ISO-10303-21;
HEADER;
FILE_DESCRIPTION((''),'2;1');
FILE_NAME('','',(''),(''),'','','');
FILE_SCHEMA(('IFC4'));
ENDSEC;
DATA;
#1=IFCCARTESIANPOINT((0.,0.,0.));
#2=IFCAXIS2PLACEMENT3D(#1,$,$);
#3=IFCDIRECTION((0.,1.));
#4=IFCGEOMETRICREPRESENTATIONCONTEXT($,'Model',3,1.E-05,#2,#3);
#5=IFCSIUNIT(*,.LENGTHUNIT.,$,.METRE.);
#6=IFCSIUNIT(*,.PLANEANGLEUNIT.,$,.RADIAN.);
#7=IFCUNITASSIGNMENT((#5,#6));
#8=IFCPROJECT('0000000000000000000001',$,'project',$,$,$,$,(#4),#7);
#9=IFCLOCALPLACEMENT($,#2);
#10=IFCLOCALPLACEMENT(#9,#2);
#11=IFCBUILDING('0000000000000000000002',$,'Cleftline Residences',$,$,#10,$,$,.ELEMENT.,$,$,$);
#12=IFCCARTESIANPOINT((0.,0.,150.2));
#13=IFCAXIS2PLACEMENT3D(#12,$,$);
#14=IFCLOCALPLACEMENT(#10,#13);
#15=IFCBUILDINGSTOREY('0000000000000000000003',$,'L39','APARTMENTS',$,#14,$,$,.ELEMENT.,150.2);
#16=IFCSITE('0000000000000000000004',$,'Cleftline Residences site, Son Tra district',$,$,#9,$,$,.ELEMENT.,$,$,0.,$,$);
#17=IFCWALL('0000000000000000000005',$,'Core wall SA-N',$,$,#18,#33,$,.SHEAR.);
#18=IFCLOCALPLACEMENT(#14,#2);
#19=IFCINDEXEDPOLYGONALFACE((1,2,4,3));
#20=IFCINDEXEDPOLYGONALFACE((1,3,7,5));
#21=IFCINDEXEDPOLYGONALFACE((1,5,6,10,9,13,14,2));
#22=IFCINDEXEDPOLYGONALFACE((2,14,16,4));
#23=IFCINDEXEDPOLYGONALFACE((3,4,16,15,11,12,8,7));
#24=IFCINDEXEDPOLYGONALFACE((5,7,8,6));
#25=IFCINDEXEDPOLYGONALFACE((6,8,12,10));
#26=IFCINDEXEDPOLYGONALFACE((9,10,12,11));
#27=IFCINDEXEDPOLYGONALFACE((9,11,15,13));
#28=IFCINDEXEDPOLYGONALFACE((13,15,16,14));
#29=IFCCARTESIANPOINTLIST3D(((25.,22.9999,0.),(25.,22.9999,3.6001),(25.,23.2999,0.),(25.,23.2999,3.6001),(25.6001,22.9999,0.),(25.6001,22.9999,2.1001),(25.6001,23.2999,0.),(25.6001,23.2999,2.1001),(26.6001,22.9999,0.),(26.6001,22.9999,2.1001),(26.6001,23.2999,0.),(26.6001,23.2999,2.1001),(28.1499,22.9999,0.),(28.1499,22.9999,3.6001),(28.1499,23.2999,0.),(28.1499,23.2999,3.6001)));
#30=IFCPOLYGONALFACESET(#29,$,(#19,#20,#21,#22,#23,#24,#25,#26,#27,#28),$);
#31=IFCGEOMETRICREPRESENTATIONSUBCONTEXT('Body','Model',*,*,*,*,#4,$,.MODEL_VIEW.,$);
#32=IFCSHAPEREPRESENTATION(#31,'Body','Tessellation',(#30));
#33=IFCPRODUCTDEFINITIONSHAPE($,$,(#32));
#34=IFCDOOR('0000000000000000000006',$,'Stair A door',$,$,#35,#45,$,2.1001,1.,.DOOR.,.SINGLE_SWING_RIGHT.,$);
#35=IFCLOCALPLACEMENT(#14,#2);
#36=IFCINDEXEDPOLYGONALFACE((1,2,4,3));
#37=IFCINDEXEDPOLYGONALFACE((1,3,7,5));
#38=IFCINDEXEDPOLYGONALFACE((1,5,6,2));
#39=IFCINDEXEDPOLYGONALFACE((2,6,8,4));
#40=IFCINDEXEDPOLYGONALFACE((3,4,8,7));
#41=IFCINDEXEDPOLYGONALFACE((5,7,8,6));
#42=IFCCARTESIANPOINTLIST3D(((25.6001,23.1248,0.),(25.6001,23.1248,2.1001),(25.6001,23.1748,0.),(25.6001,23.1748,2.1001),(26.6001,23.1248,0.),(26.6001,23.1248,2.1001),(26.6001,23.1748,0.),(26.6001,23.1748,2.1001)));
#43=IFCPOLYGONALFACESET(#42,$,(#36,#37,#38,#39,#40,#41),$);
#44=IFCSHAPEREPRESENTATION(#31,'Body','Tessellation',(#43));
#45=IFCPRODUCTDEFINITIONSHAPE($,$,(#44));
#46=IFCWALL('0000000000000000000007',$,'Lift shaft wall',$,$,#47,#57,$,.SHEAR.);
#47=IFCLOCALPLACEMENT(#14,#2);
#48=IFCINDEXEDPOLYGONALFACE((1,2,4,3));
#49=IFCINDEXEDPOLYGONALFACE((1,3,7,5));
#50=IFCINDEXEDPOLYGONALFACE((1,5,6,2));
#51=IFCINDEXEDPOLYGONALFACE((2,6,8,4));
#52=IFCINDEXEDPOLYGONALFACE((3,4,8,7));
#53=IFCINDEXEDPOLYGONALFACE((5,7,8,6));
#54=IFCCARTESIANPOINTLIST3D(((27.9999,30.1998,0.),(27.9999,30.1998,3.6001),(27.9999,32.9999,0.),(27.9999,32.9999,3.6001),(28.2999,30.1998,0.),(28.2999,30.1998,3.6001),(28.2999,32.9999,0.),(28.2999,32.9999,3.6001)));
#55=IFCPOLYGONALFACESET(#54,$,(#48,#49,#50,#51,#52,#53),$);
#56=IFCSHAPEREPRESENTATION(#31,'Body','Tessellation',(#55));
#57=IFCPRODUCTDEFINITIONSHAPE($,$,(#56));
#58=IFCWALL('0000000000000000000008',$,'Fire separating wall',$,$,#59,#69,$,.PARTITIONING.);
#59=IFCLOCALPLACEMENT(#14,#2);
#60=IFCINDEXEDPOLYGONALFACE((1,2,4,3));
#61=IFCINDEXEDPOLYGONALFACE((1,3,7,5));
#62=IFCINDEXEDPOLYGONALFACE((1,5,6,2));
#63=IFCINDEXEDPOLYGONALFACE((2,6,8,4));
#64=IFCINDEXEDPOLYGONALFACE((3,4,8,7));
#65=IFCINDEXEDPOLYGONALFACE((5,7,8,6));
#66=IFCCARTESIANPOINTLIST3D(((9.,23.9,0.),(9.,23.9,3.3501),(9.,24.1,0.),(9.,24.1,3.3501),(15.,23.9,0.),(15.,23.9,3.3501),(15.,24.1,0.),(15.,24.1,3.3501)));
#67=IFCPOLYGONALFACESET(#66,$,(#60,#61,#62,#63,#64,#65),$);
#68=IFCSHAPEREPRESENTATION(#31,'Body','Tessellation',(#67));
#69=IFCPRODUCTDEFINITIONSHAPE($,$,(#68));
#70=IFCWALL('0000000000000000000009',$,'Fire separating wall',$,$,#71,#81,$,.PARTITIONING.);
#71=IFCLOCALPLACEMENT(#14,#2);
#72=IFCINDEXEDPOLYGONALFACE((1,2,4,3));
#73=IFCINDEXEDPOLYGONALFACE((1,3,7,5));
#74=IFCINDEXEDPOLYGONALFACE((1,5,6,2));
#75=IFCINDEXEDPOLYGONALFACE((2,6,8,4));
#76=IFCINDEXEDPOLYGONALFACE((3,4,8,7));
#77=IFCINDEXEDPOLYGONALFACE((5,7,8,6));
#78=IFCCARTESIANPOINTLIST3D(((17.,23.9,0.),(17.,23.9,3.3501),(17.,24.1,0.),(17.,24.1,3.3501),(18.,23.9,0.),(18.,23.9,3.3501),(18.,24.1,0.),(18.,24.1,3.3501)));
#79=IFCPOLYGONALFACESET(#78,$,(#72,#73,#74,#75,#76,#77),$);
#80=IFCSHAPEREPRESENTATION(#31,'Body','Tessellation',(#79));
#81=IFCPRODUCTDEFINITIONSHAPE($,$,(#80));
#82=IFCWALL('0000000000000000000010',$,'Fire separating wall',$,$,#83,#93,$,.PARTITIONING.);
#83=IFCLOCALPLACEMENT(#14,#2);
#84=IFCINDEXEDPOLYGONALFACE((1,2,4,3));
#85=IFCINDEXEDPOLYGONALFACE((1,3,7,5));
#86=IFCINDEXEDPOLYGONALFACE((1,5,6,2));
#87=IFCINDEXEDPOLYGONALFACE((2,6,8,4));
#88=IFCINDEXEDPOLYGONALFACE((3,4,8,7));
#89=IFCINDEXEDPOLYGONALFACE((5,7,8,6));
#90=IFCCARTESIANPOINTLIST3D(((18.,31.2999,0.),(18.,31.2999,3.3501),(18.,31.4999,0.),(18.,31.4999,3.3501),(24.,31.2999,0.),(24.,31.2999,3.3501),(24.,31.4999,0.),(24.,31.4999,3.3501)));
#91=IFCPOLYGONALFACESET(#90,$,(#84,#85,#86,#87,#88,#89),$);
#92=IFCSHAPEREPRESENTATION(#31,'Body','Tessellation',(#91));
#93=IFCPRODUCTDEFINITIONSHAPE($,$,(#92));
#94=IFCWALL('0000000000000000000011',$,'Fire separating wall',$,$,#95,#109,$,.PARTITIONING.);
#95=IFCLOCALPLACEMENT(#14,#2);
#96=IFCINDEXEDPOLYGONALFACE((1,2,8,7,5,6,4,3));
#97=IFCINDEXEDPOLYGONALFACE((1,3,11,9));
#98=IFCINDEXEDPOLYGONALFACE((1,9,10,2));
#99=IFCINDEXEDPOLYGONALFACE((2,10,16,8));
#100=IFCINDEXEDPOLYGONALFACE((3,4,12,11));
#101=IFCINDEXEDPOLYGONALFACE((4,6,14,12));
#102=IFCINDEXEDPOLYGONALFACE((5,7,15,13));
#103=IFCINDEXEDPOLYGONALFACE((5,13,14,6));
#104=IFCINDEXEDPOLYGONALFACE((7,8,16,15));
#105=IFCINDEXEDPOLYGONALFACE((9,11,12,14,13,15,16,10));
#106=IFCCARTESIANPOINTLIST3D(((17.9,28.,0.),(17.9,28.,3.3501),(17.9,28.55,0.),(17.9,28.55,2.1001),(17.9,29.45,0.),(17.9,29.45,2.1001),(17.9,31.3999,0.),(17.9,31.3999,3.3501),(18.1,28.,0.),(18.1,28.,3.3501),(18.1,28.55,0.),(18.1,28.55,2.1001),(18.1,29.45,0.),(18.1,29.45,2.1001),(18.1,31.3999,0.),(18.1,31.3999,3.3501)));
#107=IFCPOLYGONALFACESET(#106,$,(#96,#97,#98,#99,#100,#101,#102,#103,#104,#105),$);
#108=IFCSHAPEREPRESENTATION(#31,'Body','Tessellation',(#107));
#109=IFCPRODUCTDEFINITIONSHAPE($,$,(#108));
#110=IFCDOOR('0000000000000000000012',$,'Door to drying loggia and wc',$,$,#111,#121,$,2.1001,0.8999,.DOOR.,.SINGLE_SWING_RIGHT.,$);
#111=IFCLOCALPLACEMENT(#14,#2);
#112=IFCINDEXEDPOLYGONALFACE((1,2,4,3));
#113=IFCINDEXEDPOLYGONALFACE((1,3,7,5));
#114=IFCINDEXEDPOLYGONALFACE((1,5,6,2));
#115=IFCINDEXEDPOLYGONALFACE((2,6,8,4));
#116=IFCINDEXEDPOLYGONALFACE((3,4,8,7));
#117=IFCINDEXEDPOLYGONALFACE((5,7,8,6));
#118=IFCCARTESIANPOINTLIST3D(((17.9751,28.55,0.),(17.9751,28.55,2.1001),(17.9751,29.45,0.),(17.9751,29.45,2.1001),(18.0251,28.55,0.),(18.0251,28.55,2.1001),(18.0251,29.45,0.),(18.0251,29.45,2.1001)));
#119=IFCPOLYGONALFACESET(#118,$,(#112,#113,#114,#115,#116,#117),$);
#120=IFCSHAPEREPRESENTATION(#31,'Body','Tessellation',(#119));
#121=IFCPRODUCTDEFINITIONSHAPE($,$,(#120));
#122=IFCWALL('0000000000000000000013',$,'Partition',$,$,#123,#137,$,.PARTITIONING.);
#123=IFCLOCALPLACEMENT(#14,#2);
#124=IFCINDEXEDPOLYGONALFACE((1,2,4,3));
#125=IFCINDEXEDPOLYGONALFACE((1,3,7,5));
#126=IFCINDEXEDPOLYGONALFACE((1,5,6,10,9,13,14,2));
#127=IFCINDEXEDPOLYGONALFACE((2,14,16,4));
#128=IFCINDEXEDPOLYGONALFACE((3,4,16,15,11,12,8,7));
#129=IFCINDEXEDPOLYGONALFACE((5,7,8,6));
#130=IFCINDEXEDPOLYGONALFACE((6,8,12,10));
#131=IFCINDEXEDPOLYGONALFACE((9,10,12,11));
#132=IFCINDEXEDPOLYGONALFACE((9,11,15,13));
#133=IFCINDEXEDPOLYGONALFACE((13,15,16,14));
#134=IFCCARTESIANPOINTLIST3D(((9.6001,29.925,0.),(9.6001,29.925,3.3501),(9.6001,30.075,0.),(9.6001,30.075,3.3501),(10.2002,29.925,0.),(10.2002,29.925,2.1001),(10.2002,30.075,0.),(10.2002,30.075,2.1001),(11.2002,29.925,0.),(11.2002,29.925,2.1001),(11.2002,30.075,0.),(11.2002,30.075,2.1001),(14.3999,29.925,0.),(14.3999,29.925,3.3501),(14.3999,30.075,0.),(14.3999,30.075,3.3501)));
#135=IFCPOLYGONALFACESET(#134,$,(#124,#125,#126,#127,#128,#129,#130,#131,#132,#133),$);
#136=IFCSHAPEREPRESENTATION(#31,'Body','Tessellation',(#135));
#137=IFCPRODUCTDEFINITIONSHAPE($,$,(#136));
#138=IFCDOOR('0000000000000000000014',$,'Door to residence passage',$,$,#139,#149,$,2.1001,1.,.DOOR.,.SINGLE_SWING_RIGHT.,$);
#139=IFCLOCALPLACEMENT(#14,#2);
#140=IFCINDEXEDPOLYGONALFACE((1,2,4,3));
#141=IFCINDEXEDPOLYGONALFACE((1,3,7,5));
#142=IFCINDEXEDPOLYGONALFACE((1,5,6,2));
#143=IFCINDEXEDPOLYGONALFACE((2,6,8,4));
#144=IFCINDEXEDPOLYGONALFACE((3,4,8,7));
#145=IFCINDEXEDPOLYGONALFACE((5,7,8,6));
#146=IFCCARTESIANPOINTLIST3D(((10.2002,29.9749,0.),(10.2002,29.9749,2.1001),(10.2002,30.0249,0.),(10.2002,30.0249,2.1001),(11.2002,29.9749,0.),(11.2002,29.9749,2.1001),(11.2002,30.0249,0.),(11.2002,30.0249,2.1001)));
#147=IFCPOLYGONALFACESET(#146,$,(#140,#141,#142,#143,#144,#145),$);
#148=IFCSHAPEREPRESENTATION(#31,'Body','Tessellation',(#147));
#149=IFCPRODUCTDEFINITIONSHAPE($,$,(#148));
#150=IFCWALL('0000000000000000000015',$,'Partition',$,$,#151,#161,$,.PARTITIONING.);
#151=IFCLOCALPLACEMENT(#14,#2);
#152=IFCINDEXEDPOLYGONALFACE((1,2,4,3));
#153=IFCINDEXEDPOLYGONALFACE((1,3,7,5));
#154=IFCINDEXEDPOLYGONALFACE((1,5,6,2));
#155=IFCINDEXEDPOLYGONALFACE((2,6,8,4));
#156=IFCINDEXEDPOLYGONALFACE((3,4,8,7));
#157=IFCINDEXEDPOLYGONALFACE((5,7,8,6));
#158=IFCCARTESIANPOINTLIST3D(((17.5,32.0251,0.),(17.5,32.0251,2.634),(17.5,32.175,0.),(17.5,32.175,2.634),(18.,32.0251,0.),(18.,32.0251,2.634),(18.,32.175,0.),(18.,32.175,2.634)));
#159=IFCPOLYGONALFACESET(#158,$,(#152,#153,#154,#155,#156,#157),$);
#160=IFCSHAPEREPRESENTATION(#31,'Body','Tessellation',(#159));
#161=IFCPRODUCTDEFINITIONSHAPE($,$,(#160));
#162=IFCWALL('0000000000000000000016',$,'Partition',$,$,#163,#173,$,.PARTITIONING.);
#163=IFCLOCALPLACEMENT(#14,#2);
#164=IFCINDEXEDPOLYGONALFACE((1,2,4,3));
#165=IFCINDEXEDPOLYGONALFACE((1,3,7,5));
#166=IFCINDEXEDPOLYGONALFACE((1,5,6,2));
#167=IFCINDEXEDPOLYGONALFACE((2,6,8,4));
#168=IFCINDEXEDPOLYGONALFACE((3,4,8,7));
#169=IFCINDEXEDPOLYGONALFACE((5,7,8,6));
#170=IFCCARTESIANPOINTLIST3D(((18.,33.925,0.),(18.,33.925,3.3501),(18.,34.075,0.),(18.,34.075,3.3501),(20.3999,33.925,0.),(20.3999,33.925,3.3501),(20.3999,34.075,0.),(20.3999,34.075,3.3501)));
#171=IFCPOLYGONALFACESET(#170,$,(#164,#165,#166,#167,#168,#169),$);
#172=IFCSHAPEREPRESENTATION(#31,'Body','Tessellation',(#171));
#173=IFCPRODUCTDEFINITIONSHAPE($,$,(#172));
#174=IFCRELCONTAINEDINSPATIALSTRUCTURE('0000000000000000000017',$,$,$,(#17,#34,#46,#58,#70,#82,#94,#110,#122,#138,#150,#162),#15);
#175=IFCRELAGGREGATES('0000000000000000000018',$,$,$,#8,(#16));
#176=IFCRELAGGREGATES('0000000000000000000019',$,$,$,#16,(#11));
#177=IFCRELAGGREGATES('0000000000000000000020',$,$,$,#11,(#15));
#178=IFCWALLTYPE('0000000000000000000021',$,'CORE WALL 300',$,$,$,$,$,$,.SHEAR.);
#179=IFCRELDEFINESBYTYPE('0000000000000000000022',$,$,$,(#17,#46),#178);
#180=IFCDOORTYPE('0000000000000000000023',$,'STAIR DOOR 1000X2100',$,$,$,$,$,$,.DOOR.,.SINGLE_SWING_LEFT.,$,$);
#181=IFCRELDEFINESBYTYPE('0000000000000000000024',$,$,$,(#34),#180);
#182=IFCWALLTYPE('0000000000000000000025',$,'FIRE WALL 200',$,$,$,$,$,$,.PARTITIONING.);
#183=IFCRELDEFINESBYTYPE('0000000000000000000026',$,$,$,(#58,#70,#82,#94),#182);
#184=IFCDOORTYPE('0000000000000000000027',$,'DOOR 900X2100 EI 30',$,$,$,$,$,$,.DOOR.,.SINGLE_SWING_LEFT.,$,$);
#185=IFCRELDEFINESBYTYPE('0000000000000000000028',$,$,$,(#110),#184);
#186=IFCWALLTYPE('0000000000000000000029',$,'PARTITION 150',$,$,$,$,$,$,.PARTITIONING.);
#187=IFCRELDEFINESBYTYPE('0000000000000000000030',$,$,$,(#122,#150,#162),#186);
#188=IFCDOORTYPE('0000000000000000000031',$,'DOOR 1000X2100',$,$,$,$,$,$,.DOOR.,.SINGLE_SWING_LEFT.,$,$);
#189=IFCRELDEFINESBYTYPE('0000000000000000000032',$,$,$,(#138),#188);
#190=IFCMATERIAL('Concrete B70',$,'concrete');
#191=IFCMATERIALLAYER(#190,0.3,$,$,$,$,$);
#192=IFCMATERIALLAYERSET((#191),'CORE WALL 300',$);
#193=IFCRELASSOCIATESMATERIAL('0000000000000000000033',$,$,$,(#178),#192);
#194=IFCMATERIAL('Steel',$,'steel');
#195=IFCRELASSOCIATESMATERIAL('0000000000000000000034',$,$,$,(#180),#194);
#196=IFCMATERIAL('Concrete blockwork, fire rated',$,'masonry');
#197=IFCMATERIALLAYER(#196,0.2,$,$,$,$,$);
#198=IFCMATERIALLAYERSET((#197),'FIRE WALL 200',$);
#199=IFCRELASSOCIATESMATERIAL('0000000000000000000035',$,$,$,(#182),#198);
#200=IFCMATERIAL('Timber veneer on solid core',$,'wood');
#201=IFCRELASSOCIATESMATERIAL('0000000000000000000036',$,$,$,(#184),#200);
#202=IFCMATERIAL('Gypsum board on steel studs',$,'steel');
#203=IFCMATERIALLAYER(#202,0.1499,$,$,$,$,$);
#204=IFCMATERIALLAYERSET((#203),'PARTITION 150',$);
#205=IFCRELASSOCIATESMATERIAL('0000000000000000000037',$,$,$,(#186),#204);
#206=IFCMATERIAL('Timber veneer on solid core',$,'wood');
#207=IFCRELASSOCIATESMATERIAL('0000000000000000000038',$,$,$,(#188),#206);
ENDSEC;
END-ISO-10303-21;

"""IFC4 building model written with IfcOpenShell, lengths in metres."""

from ifc_helpers import new_model, si_unit, direction, frame, frame_2d, origin, place, context, subcontext, project, spatial, rectangle, extrude, material, layer, layer_set, type_object, element, fill, save


model = new_model("IFC4")

# Units and contexts
model_context = context("Model", 3, precision=1e-05, world=origin(), true_north=direction((0.0, 1.0)))
body_context = subcontext(model_context, "Body", "Model", "MODEL_VIEW")
ifc_project = project(units=[si_unit("LENGTHUNIT", "METRE"), si_unit("PLANEANGLEUNIT", "RADIAN")], contexts=[model_context])

# Site, building, storey
site_placement = place(None, origin())
site = spatial("IfcSite", under=ifc_project, at=site_placement, Name="Cleftline Residences site, Son Tra district", CompositionType="ELEMENT", RefElevation=0.0)
building_placement = place(site_placement, origin())
building = spatial("IfcBuilding", under=site, at=building_placement, Name="Cleftline Residences", CompositionType="ELEMENT")
storey_placement = place(building_placement, frame((0.0, 0.0, 150.2)))
storey = spatial("IfcBuildingStorey", under=building, at=storey_placement, Name="L39", Description="APARTMENTS", CompositionType="ELEMENT", Elevation=150.2)

# Wall, opening, door
ifc_material_1 = material(Name="Concrete B70", Category="concrete")
ifc_layer_1 = layer(ifc_material_1, 0.3)
ifc_layer_set_1 = layer_set([ifc_layer_1], Name="CORE WALL 300")
wall_type_1 = type_object("IfcWallType", Name="CORE WALL 300", PredefinedType="SHEAR", material=ifc_layer_set_1)
wall_1_placement = place(storey_placement, frame((25.0, 23.1499, 0.0), z_axis=(0.0, 0.0, 1.0), x_axis=(1.0, 0.0, 0.0)))
wall_1 = element("IfcWall", 1, at=wall_1_placement, inside=storey, type_object=wall_type_1, Name="Core wall SA-N", PredefinedType="SHEAR", context=body_context, shape_type="SweptSolid", body=[
    extrude(rectangle(XDim=3.1499, YDim=0.3, at=frame_2d((1.575, 0.0))), origin(), (0.0, 0.0, 1.0), 3.6001),
])
opening_1_placement = place(wall_1_placement, frame((0.6001, 0.0, 0.0)))
opening_1 = element("IfcOpeningElement", 2, at=opening_1_placement, cuts=wall_1, PredefinedType="OPENING", context=body_context, shape_type="SweptSolid", body=[
    extrude(rectangle(XDim=1.0, YDim=2.1001, at=frame_2d((0.5, 1.05))), frame((0.0, 0.1599, 0.0), z_axis=(0.0, -1.0, 0.0), x_axis=(1.0, 0.0, 0.0)), (0.0, 0.0, 1.0), 0.3201),
])
ifc_material_2 = material(Name="Steel", Category="steel")
door_type_1 = type_object("IfcDoorType", Name="STAIR DOOR 1000X2100", OperationType="SINGLE_SWING_LEFT", PredefinedType="DOOR", material=ifc_material_2)
door_1_placement = place(opening_1_placement, origin())
door_1 = element("IfcDoor", 3, at=door_1_placement, inside=storey, type_object=door_type_1, Name="Stair A door", OperationType="SINGLE_SWING_RIGHT", OverallHeight=2.1001, OverallWidth=1.0, PredefinedType="DOOR", context=body_context, shape_type="SweptSolid", body=[
    extrude(rectangle(XDim=1.0, YDim=2.1001, at=frame_2d((0.5, 1.05))), frame((0.0, 0.0249, 0.0), z_axis=(0.0, -1.0, 0.0), x_axis=(1.0, 0.0, 0.0)), (0.0, 0.0, 1.0), 0.05),
])
fill(opening_1, door_1)

# Walls
wall_2_placement = place(storey_placement, frame((28.1499, 30.2, 0.0), z_axis=(0.0, 0.0, 1.0), x_axis=(0.0, 1.0, 0.0)))
element("IfcWall", 4, at=wall_2_placement, inside=storey, type_object=wall_type_1, Name="Lift shaft wall", PredefinedType="SHEAR", context=body_context, shape_type="SweptSolid", body=[
    extrude(rectangle(XDim=2.8, YDim=0.3, at=frame_2d((1.3999, 0.0))), origin(), (0.0, 0.0, 1.0), 3.6001),
])
ifc_material_3 = material(Name="Concrete blockwork, fire rated", Category="masonry")
ifc_layer_2 = layer(ifc_material_3, 0.2)
ifc_layer_set_2 = layer_set([ifc_layer_2], Name="FIRE WALL 200")
wall_type_2 = type_object("IfcWallType", Name="FIRE WALL 200", PredefinedType="PARTITIONING", material=ifc_layer_set_2)
wall_3_placement = place(storey_placement, frame((9.0, 24.0, 0.0), z_axis=(0.0, 0.0, 1.0), x_axis=(1.0, 0.0, 0.0)))
element("IfcWall", 5, at=wall_3_placement, inside=storey, type_object=wall_type_2, Name="Fire separating wall", PredefinedType="PARTITIONING", context=body_context, shape_type="SweptSolid", body=[
    extrude(rectangle(XDim=6.0, YDim=0.2, at=frame_2d((3.0, 0.0))), origin(), (0.0, 0.0, 1.0), 3.3501),
])
wall_4_placement = place(storey_placement, frame((17.0, 24.0, 0.0), z_axis=(0.0, 0.0, 1.0), x_axis=(1.0, 0.0, 0.0)))
element("IfcWall", 6, at=wall_4_placement, inside=storey, type_object=wall_type_2, Name="Fire separating wall", PredefinedType="PARTITIONING", context=body_context, shape_type="SweptSolid", body=[
    extrude(rectangle(XDim=1.0, YDim=0.2, at=frame_2d((0.5, 0.0))), origin(), (0.0, 0.0, 1.0), 3.3501),
])
wall_5_placement = place(storey_placement, frame((18.0, 31.3999, 0.0), z_axis=(0.0, 0.0, 1.0), x_axis=(1.0, 0.0, 0.0)))
element("IfcWall", 7, at=wall_5_placement, inside=storey, type_object=wall_type_2, Name="Fire separating wall", PredefinedType="PARTITIONING", context=body_context, shape_type="SweptSolid", body=[
    extrude(rectangle(XDim=6.0, YDim=0.2, at=frame_2d((3.0, 0.0))), origin(), (0.0, 0.0, 1.0), 3.3501),
])

# Walls, openings, doors
wall_6_placement = place(storey_placement, frame((18.0, 28.0, 0.0), z_axis=(0.0, 0.0, 1.0), x_axis=(0.0, 1.0, 0.0)))
wall_6 = element("IfcWall", 8, at=wall_6_placement, inside=storey, type_object=wall_type_2, Name="Fire separating wall", PredefinedType="PARTITIONING", context=body_context, shape_type="SweptSolid", body=[
    extrude(rectangle(XDim=3.3999, YDim=0.2, at=frame_2d((1.7, 0.0))), origin(), (0.0, 0.0, 1.0), 3.3501),
])
opening_2_placement = place(wall_6_placement, frame((0.55, 0.0, 0.0)))
opening_2 = element("IfcOpeningElement", 9, at=opening_2_placement, cuts=wall_6, PredefinedType="OPENING", context=body_context, shape_type="SweptSolid", body=[
    extrude(rectangle(XDim=0.8999, YDim=2.1001, at=frame_2d((0.45, 1.05))), frame((0.0, 0.1099, 0.0), z_axis=(0.0, -1.0, 0.0), x_axis=(1.0, 0.0, 0.0)), (0.0, 0.0, 1.0), 0.22),
])
ifc_material_4 = material(Name="Timber veneer on solid core", Category="wood")
door_type_2 = type_object("IfcDoorType", Name="DOOR 900X2100 EI 30", OperationType="SINGLE_SWING_LEFT", PredefinedType="DOOR", material=ifc_material_4)
door_2_placement = place(opening_2_placement, origin())
door_2 = element("IfcDoor", 10, at=door_2_placement, inside=storey, type_object=door_type_2, Name="Door to drying loggia and wc", OperationType="SINGLE_SWING_RIGHT", OverallHeight=2.1001, OverallWidth=0.8999, PredefinedType="DOOR", context=body_context, shape_type="SweptSolid", body=[
    extrude(rectangle(XDim=0.8999, YDim=2.1001, at=frame_2d((0.45, 1.05))), frame((0.0, 0.0249, 0.0), z_axis=(0.0, -1.0, 0.0), x_axis=(1.0, 0.0, 0.0)), (0.0, 0.0, 1.0), 0.05),
])
fill(opening_2, door_2)
ifc_material_5 = material(Name="Gypsum board on steel studs", Category="steel")
ifc_layer_3 = layer(ifc_material_5, 0.1499)
ifc_layer_set_3 = layer_set([ifc_layer_3], Name="PARTITION 150")
wall_type_3 = type_object("IfcWallType", Name="PARTITION 150", PredefinedType="PARTITIONING", material=ifc_layer_set_3)
wall_7_placement = place(storey_placement, frame((9.6001, 30.0, 0.0), z_axis=(0.0, 0.0, 1.0), x_axis=(1.0, 0.0, 0.0)))
wall_7 = element("IfcWall", 11, at=wall_7_placement, inside=storey, type_object=wall_type_3, Name="Partition", PredefinedType="PARTITIONING", context=body_context, shape_type="SweptSolid", body=[
    extrude(rectangle(XDim=4.7998, YDim=0.1499, at=frame_2d((2.3999, 0.0))), origin(), (0.0, 0.0, 1.0), 3.3501),
])
opening_3_placement = place(wall_7_placement, frame((0.6001, 0.0, 0.0)))
opening_3 = element("IfcOpeningElement", 12, at=opening_3_placement, cuts=wall_7, PredefinedType="OPENING", context=body_context, shape_type="SweptSolid", body=[
    extrude(rectangle(XDim=1.0, YDim=2.1001, at=frame_2d((0.5, 1.05))), frame((0.0, 0.085, 0.0), z_axis=(0.0, -1.0, 0.0), x_axis=(1.0, 0.0, 0.0)), (0.0, 0.0, 1.0), 0.1699),
])
ifc_material_6 = material(Name="Timber veneer on solid core", Category="wood")
door_type_3 = type_object("IfcDoorType", Name="DOOR 1000X2100", OperationType="SINGLE_SWING_LEFT", PredefinedType="DOOR", material=ifc_material_6)
door_3_placement = place(opening_3_placement, origin())
door_3 = element("IfcDoor", 13, at=door_3_placement, inside=storey, type_object=door_type_3, Name="Door to residence passage", OperationType="SINGLE_SWING_RIGHT", OverallHeight=2.1001, OverallWidth=1.0, PredefinedType="DOOR", context=body_context, shape_type="SweptSolid", body=[
    extrude(rectangle(XDim=1.0, YDim=2.1001, at=frame_2d((0.5, 1.05))), frame((0.0, 0.0249, 0.0), z_axis=(0.0, -1.0, 0.0), x_axis=(1.0, 0.0, 0.0)), (0.0, 0.0, 1.0), 0.05),
])
fill(opening_3, door_3)

# Walls
wall_8_placement = place(storey_placement, frame((17.5, 32.1001, 0.0), z_axis=(0.0, 0.0, 1.0), x_axis=(1.0, 0.0, 0.0)))
element("IfcWall", 14, at=wall_8_placement, inside=storey, type_object=wall_type_3, Name="Partition", PredefinedType="PARTITIONING", context=body_context, shape_type="SweptSolid", body=[
    extrude(rectangle(XDim=0.5, YDim=0.1499, at=frame_2d((0.25, 0.0))), origin(), (0.0, 0.0, 1.0), 2.634),
])
wall_9_placement = place(storey_placement, frame((18.0, 34.0, 0.0), z_axis=(0.0, 0.0, 1.0), x_axis=(1.0, 0.0, 0.0)))
element("IfcWall", 15, at=wall_9_placement, inside=storey, type_object=wall_type_3, Name="Partition", PredefinedType="PARTITIONING", context=body_context, shape_type="SweptSolid", body=[
    extrude(rectangle(XDim=2.3999, YDim=0.1499, at=frame_2d((1.2, 0.0))), origin(), (0.0, 0.0, 1.0), 3.3501),
])

save(model, "model.ifc")
